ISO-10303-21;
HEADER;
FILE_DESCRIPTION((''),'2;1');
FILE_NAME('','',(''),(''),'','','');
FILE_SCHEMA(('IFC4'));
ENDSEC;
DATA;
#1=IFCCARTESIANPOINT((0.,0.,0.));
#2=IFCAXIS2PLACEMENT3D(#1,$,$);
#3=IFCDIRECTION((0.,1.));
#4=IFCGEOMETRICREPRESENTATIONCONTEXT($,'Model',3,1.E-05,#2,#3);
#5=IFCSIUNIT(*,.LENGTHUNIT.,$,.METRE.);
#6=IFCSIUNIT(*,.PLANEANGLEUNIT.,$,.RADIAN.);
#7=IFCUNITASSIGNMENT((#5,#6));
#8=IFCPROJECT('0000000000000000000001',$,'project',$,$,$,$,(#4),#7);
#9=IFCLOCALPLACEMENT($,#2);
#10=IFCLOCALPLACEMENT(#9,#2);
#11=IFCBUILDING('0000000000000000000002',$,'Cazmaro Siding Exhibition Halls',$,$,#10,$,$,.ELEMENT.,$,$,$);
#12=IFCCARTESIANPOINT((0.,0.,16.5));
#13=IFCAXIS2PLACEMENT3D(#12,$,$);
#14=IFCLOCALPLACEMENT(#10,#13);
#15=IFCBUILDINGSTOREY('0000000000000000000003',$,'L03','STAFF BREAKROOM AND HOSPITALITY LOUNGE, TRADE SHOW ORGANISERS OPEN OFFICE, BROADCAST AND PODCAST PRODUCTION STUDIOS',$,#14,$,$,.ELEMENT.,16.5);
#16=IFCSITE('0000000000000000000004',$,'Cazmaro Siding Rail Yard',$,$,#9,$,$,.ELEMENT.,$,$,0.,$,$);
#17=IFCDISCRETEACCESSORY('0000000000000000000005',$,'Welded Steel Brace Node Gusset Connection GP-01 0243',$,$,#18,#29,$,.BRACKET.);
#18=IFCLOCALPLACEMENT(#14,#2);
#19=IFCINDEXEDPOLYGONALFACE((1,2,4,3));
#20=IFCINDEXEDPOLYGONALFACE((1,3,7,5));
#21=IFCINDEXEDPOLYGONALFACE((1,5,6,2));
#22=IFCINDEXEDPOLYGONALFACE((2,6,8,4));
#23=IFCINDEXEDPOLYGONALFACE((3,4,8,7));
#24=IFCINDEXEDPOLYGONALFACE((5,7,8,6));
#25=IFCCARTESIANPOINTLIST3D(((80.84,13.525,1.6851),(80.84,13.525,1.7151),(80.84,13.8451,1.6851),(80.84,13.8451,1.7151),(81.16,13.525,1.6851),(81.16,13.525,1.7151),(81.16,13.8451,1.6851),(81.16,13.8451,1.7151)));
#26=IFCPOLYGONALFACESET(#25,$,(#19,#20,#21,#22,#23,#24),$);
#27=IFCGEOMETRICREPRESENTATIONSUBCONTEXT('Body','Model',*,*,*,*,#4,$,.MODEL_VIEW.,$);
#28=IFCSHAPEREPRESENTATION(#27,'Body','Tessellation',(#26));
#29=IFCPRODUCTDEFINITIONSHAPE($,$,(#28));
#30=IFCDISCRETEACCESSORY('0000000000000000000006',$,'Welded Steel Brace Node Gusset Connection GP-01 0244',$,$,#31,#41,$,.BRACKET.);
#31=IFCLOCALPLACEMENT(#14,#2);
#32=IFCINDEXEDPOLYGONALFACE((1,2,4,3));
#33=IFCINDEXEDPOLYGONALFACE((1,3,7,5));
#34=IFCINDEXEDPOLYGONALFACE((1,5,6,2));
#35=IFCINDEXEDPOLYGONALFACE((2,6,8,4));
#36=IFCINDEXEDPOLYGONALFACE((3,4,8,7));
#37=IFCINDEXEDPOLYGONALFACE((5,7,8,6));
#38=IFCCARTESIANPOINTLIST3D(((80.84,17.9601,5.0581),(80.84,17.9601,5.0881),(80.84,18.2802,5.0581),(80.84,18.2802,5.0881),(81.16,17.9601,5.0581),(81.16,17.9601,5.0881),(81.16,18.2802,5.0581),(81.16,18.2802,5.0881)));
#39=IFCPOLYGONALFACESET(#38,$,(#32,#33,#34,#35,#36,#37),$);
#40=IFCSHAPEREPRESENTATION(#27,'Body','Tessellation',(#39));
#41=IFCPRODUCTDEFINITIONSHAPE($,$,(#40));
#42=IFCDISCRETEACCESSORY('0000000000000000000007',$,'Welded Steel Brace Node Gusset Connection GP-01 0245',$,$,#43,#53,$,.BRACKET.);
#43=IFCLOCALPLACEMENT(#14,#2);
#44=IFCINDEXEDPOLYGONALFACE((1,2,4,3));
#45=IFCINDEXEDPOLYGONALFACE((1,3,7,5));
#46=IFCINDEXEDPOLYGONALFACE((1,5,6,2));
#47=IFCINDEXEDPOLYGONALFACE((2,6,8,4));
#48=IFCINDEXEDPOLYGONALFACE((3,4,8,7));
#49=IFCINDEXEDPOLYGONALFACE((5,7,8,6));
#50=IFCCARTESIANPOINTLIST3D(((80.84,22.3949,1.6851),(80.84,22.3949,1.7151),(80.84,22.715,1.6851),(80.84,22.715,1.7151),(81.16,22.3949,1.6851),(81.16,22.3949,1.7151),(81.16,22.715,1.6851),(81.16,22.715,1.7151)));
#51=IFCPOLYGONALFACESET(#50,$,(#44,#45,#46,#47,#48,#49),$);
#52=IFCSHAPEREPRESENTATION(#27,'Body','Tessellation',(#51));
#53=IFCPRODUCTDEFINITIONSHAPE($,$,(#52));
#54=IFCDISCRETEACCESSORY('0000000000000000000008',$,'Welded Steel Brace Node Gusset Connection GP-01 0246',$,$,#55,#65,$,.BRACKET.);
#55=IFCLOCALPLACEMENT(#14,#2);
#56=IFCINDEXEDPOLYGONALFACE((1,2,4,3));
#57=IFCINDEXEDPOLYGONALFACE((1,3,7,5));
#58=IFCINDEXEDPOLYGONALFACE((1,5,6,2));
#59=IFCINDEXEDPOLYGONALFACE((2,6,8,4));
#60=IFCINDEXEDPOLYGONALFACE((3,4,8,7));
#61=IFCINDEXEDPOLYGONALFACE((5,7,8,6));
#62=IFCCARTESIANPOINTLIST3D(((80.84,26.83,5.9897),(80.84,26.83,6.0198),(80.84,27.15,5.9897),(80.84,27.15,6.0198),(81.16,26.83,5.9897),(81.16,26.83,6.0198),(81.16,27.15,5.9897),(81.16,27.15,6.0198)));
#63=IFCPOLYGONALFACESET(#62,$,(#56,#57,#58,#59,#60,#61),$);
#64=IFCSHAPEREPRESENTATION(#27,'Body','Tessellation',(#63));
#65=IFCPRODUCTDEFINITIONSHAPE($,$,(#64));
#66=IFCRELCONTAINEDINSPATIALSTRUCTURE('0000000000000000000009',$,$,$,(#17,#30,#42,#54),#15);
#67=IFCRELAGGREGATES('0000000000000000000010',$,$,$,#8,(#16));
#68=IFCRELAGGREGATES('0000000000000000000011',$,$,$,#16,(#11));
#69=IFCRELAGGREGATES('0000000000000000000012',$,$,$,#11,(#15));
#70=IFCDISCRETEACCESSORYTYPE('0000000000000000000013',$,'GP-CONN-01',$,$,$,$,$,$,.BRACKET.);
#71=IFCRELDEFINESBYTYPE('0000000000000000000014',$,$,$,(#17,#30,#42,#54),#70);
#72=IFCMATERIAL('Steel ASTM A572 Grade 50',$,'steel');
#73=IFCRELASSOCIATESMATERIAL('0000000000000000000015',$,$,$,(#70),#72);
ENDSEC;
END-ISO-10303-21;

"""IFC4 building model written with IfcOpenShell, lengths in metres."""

from ifc_helpers import new_model, si_unit, direction, frame, origin, origin_2d, place, context, subcontext, project, spatial, rectangle, extrude, material, type_object, element, save


model = new_model("IFC4")

# Units and contexts
model_context = context("Model", 3, precision=1e-05, world=origin(), true_north=direction((0.0, 1.0)))
body_context = subcontext(model_context, "Body", "Model", "MODEL_VIEW")
ifc_project = project(units=[si_unit("LENGTHUNIT", "METRE"), si_unit("PLANEANGLEUNIT", "RADIAN")], contexts=[model_context])

# Site, building, storey
site_placement = place(None, origin())
site = spatial("IfcSite", under=ifc_project, at=site_placement, Name="Cazmaro Siding Rail Yard", CompositionType="ELEMENT", RefElevation=0.0)
building_placement = place(site_placement, origin())
building = spatial("IfcBuilding", under=site, at=building_placement, Name="Cazmaro Siding Exhibition Halls", CompositionType="ELEMENT")
storey_placement = place(building_placement, frame((0.0, 0.0, 16.5)))
storey = spatial("IfcBuildingStorey", under=building, at=storey_placement, Name="L03", Description="STAFF BREAKROOM AND HOSPITALITY LOUNGE, TRADE SHOW ORGANISERS OPEN OFFICE, BROADCAST AND PODCAST PRODUCTION STUDIOS", CompositionType="ELEMENT", Elevation=16.5)

# Discrete accessories
ifc_material_1 = material(Name="Steel ASTM A572 Grade 50", Category="steel")
discrete_accessory_type = type_object("IfcDiscreteAccessoryType", Name="GP-CONN-01", PredefinedType="BRACKET", material=ifc_material_1)
for number, where, z_axis, x_axis, name in (
    (1, (81.0, 13.6851, 1.6851), (0.0, 0.0, 1.0), (1.0, 0.0, 0.0), "Welded Steel Brace Node Gusset Connection GP-01 0243"),
    (2, (81.0, 18.1201, 5.0581), (0.0, 0.0, 1.0), (1.0, 0.0, 0.0), "Welded Steel Brace Node Gusset Connection GP-01 0244"),
    (3, (81.0, 22.5549, 1.6851), (0.0, 0.0, 1.0), (1.0, 0.0, 0.0), "Welded Steel Brace Node Gusset Connection GP-01 0245"),
    (4, (81.0, 26.99, 5.9897), (0.0, 0.0, 1.0), (1.0, 0.0, 0.0), "Welded Steel Brace Node Gusset Connection GP-01 0246"),
):
    element("IfcDiscreteAccessory", number, at=place(storey_placement, frame(where, z_axis=z_axis, x_axis=x_axis)), inside=storey, type_object=discrete_accessory_type, Name=name, PredefinedType="BRACKET", context=body_context, shape_type="SweptSolid", body=[
        extrude(rectangle(XDim=0.3201, YDim=0.3201, at=origin_2d()), origin(), (0.0, 0.0, 1.0), 0.03),
    ])

save(model, "model.ifc")
